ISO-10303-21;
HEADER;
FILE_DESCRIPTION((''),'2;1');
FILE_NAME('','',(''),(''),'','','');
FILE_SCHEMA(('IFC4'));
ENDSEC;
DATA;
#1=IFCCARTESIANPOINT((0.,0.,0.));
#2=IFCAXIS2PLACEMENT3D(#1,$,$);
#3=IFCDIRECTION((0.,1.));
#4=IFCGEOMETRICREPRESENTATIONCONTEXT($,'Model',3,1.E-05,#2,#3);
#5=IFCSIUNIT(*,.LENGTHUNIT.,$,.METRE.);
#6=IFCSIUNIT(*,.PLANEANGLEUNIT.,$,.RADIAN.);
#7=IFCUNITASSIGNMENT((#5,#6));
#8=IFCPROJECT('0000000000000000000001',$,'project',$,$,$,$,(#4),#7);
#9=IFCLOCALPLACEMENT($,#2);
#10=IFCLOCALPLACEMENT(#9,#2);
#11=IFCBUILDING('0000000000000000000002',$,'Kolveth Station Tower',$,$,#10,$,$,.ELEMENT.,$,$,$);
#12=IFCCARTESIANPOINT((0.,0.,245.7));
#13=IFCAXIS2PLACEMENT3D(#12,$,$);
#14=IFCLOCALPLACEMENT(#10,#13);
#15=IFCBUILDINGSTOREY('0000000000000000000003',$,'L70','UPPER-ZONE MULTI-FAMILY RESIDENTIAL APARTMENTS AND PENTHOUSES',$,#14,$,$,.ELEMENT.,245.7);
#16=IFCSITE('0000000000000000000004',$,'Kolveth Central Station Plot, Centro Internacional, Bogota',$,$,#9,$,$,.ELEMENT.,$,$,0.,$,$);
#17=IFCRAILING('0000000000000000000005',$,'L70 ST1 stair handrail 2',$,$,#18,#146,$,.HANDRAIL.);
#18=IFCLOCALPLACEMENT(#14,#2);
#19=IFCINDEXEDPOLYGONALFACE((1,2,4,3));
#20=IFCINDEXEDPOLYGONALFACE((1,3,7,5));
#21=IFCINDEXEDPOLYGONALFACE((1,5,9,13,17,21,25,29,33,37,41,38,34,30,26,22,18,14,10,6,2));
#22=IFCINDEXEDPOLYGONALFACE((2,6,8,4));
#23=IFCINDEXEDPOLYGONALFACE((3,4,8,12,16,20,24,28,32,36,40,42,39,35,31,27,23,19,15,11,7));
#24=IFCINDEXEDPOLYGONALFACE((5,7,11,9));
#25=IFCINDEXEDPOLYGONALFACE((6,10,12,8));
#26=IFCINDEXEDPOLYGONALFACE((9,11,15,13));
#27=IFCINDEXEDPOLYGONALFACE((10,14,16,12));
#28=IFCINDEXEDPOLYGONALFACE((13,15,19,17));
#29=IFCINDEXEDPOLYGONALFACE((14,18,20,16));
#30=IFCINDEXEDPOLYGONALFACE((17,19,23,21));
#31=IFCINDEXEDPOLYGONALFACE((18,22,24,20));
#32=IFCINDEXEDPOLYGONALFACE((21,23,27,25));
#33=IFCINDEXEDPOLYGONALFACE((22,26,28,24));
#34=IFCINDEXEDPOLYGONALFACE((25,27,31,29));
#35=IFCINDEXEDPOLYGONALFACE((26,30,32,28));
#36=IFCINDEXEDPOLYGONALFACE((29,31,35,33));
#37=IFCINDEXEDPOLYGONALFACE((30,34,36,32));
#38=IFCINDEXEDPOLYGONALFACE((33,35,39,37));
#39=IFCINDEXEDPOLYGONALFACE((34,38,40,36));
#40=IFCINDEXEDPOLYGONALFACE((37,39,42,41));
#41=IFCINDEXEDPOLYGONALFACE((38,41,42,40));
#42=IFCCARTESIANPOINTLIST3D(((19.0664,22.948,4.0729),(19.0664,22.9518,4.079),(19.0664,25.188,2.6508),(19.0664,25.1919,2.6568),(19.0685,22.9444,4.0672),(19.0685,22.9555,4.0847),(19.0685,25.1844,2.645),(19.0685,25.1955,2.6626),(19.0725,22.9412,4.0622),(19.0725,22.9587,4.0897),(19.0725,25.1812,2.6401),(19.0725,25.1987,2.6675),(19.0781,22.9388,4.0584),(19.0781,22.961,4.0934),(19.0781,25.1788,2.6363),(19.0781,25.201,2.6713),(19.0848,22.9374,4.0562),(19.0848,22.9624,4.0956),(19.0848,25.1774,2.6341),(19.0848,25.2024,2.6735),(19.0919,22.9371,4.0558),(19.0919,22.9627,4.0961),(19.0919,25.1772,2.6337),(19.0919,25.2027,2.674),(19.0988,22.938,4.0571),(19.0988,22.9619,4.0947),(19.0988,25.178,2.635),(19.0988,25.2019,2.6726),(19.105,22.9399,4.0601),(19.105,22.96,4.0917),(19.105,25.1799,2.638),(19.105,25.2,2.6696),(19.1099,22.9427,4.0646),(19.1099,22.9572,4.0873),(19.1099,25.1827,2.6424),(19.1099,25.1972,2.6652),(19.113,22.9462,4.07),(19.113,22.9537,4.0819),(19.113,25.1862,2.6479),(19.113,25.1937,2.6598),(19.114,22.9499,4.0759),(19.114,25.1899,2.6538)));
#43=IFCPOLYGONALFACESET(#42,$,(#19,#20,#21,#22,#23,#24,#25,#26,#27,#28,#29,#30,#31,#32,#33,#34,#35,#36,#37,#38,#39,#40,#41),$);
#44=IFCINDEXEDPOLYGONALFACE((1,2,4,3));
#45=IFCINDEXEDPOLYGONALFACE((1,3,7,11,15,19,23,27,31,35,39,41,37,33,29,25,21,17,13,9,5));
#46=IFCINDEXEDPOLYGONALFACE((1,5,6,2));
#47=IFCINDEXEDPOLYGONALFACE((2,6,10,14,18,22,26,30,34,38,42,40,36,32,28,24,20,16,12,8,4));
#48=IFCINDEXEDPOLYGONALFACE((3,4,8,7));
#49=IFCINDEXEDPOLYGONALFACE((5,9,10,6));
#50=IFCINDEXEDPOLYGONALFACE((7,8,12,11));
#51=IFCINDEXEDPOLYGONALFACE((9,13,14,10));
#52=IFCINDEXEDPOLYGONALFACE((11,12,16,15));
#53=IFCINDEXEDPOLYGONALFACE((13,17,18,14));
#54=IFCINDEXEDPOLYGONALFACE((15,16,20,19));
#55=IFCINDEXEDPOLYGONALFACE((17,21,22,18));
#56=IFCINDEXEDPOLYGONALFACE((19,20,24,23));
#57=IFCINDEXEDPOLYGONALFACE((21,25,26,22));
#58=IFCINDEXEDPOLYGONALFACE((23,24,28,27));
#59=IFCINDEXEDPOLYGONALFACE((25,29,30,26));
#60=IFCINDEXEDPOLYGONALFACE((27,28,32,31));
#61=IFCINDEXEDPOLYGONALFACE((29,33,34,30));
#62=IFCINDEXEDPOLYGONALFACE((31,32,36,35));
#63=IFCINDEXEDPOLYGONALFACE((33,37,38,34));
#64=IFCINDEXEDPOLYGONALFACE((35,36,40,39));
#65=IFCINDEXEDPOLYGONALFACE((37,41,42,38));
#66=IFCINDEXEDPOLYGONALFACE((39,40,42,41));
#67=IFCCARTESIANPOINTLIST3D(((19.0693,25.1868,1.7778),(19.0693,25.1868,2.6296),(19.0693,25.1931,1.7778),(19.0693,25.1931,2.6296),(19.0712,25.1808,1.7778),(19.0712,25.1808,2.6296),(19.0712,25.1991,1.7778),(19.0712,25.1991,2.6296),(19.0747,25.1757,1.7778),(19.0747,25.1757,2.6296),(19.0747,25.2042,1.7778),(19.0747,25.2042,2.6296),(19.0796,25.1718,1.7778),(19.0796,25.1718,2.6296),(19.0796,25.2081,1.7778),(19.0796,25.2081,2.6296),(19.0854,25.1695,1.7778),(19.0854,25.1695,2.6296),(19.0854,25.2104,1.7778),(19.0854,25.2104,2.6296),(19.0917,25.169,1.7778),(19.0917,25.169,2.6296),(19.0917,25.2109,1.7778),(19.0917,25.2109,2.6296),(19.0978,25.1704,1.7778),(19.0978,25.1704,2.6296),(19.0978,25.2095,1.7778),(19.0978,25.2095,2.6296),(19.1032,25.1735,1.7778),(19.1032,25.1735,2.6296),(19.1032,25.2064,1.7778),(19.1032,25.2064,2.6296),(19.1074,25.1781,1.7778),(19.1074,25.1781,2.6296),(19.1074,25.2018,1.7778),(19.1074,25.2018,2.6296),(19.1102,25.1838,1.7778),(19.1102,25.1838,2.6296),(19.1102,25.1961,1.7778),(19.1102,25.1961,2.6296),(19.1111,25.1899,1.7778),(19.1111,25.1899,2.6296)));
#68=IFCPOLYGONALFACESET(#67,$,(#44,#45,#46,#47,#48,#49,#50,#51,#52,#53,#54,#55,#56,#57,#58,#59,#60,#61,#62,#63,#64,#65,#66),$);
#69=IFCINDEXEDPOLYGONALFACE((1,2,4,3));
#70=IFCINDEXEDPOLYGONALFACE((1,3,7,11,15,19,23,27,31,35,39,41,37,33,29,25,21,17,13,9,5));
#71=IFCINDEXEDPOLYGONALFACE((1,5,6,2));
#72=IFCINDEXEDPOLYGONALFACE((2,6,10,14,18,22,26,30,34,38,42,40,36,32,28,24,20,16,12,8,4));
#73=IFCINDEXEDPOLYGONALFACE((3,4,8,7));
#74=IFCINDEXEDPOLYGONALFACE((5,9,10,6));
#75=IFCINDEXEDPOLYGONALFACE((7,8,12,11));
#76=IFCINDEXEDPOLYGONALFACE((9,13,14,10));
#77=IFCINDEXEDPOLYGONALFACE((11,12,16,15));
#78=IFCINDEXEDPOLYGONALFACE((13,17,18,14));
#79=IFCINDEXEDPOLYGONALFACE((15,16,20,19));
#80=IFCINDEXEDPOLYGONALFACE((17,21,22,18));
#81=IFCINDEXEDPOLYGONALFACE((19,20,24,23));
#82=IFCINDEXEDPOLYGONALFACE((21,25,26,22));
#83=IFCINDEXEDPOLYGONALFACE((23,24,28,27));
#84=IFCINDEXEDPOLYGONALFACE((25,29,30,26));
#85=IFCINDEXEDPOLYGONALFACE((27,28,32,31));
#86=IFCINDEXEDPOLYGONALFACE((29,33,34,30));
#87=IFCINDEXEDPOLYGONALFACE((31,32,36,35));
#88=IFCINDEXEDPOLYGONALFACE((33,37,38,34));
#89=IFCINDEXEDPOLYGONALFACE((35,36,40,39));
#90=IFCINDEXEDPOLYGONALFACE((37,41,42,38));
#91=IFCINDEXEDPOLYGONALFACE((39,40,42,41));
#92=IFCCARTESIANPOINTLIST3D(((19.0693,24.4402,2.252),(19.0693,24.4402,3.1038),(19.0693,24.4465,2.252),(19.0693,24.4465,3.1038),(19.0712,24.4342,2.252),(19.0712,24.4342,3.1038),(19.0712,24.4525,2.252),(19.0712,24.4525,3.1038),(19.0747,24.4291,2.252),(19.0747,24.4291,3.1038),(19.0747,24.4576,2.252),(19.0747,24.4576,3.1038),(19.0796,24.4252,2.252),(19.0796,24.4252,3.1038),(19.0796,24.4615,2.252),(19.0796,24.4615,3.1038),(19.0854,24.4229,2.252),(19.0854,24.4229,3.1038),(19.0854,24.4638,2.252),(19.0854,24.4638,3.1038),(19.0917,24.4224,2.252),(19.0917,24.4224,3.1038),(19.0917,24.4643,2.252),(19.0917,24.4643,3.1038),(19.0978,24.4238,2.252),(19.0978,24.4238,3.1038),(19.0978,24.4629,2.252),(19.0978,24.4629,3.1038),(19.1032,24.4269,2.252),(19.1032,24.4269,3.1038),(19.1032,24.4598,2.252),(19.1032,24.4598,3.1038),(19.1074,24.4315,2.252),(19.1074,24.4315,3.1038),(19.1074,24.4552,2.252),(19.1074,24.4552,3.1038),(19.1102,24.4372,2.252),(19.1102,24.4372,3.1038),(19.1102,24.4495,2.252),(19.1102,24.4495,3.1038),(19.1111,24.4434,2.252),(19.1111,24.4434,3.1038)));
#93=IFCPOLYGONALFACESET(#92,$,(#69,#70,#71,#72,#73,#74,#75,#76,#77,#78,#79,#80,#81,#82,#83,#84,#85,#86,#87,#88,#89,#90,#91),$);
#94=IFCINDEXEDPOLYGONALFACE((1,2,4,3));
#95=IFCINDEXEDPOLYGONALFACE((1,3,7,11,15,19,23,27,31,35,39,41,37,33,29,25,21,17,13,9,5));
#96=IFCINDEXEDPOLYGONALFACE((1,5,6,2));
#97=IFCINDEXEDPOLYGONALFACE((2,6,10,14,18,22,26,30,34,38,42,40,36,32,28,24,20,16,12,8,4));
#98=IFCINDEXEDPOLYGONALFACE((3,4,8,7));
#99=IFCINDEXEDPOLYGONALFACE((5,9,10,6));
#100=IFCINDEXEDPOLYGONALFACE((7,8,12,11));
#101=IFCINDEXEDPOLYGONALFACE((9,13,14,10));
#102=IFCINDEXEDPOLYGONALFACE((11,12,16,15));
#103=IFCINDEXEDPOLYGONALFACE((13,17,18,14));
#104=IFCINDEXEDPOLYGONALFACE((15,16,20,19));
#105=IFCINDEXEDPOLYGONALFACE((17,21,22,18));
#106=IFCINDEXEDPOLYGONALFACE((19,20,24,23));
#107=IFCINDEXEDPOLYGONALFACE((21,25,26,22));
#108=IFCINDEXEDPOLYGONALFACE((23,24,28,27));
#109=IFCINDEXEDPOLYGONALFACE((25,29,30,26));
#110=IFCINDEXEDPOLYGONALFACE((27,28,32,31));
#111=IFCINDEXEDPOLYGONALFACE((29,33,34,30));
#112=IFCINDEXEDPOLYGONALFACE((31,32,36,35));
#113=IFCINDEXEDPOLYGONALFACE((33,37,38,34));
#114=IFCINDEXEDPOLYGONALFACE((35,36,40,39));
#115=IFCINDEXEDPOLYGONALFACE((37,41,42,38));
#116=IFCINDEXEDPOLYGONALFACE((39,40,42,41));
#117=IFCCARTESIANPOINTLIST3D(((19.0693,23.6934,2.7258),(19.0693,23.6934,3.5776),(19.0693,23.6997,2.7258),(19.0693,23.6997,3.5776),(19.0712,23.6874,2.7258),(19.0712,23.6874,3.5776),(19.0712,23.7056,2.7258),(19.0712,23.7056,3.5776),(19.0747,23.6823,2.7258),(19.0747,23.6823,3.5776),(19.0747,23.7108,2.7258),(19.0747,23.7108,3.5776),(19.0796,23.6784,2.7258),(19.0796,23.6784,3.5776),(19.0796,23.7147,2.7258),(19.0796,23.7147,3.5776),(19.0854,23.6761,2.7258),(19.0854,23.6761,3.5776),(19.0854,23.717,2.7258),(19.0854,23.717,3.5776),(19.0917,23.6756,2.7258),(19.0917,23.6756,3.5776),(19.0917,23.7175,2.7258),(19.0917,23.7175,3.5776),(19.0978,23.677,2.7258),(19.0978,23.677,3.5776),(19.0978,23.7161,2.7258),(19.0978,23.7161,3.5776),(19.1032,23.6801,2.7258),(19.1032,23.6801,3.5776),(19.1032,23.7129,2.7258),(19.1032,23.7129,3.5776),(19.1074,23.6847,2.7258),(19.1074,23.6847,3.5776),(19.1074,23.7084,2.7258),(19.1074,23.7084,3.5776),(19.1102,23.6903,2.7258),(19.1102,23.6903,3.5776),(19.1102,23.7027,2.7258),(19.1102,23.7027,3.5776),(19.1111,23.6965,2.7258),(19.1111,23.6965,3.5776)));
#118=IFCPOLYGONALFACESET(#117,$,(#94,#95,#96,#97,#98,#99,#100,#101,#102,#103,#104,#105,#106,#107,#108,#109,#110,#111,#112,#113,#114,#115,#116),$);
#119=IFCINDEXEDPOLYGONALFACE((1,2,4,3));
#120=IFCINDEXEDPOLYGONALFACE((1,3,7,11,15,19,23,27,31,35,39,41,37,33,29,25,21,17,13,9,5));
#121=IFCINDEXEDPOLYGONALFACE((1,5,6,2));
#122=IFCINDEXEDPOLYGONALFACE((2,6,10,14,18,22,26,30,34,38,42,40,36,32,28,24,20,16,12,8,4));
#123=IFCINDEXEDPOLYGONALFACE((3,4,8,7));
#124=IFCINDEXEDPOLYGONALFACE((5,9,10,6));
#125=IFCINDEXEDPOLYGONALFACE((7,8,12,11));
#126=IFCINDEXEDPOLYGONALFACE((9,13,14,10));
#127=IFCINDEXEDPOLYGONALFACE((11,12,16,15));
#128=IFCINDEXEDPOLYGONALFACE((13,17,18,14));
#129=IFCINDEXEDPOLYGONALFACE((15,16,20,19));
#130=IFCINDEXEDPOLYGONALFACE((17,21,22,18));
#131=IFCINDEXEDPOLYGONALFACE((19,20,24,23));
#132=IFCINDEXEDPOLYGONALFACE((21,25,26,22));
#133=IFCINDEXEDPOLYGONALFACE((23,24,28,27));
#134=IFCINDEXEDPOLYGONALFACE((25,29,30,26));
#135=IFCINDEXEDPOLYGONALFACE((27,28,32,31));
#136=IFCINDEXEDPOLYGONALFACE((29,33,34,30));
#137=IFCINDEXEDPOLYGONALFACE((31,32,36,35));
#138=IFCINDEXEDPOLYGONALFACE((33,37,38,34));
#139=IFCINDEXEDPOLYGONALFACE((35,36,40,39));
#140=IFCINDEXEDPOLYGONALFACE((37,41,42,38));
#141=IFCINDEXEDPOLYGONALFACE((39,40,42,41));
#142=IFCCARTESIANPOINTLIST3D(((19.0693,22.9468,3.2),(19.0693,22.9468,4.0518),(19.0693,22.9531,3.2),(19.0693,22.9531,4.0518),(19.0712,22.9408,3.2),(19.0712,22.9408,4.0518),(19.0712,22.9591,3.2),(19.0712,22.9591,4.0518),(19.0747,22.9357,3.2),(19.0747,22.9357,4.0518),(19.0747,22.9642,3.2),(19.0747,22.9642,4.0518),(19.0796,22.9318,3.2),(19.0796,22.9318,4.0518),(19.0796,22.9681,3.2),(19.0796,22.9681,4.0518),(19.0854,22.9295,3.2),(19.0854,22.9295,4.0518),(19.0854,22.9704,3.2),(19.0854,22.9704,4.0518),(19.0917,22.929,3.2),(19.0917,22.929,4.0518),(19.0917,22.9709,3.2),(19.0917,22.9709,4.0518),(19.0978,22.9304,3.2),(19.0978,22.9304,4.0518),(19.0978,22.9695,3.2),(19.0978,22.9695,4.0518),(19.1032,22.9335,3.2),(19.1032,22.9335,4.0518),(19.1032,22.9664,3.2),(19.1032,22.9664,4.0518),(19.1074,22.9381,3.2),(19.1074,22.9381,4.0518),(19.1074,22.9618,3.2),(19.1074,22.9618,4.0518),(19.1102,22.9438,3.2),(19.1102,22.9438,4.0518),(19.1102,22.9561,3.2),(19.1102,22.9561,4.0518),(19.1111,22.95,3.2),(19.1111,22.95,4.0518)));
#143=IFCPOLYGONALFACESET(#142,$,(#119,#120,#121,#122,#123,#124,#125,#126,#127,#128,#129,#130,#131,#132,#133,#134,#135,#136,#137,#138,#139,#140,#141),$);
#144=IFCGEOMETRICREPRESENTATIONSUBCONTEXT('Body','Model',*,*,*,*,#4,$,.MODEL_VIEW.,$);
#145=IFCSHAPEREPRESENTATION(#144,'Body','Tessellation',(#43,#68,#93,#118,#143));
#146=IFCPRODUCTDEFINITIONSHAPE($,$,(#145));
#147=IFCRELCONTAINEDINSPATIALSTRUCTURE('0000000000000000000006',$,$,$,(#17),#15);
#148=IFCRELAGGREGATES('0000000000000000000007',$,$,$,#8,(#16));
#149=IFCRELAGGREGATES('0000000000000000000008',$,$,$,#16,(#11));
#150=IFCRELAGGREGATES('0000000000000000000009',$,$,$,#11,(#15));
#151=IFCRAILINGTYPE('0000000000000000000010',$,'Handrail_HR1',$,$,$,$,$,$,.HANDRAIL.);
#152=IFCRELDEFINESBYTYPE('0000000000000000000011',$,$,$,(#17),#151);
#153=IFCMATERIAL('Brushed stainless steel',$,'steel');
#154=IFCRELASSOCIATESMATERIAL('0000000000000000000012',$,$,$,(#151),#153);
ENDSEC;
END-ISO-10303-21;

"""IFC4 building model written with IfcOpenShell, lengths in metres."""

from ifc_helpers import new_model, si_unit, direction, frame, origin, origin_2d, place, context, subcontext, project, spatial, circle, extrude, material, type_object, element, save


model = new_model("IFC4")

# Units and contexts
model_context = context("Model", 3, precision=1e-05, world=origin(), true_north=direction((0.0, 1.0)))
body_context = subcontext(model_context, "Body", "Model", "MODEL_VIEW")
ifc_project = project(units=[si_unit("LENGTHUNIT", "METRE"), si_unit("PLANEANGLEUNIT", "RADIAN")], contexts=[model_context])

# Site, building, storey
site_placement = place(None, origin())
site = spatial("IfcSite", under=ifc_project, at=site_placement, Name="Kolveth Central Station Plot, Centro Internacional, Bogota", CompositionType="ELEMENT", RefElevation=0.0)
building_placement = place(site_placement, origin())
building = spatial("IfcBuilding", under=site, at=building_placement, Name="Kolveth Station Tower", CompositionType="ELEMENT")
storey_placement = place(building_placement, frame((0.0, 0.0, 245.7)))
storey = spatial("IfcBuildingStorey", under=building, at=storey_placement, Name="L70", Description="UPPER-ZONE MULTI-FAMILY RESIDENTIAL APARTMENTS AND PENTHOUSES", CompositionType="ELEMENT", Elevation=245.7)

# Railing
ifc_material_1 = material(Name="Brushed stainless steel", Category="steel")
railing_type_1 = type_object("IfcRailingType", Name="Handrail_HR1", PredefinedType="HANDRAIL", material=ifc_material_1)
railing_1_placement = place(storey_placement, frame((19.0901, 25.1899, 1.7778)))
element("IfcRailing", 1, at=railing_1_placement, inside=storey, type_object=railing_type_1, Name="L70 ST1 stair handrail 2", PredefinedType="HANDRAIL", context=body_context, shape_type="SweptSolid", body=[
    extrude(circle(Radius=0.0239, at=origin_2d()), frame((0.0, 0.0, 0.876), z_axis=(0.0, -0.844229, 0.535982), x_axis=(1.0, 0.0, 0.0)), (0.0, 0.0, 1.0), 2.6533),
    extrude(circle(Radius=0.021, at=origin_2d()), origin(), (0.0, 0.0, 1.0), 0.8518),
    extrude(circle(Radius=0.021, at=origin_2d()), frame((0.0, -0.7466, 0.4741)), (0.0, 0.0, 1.0), 0.8518),
    extrude(circle(Radius=0.021, at=origin_2d()), frame((0.0, -1.4934, 0.948)), (0.0, 0.0, 1.0), 0.8518),
    extrude(circle(Radius=0.021, at=origin_2d()), frame((0.0, -2.24, 1.4221)), (0.0, 0.0, 1.0), 0.8518),
])

save(model, "model.ifc")
